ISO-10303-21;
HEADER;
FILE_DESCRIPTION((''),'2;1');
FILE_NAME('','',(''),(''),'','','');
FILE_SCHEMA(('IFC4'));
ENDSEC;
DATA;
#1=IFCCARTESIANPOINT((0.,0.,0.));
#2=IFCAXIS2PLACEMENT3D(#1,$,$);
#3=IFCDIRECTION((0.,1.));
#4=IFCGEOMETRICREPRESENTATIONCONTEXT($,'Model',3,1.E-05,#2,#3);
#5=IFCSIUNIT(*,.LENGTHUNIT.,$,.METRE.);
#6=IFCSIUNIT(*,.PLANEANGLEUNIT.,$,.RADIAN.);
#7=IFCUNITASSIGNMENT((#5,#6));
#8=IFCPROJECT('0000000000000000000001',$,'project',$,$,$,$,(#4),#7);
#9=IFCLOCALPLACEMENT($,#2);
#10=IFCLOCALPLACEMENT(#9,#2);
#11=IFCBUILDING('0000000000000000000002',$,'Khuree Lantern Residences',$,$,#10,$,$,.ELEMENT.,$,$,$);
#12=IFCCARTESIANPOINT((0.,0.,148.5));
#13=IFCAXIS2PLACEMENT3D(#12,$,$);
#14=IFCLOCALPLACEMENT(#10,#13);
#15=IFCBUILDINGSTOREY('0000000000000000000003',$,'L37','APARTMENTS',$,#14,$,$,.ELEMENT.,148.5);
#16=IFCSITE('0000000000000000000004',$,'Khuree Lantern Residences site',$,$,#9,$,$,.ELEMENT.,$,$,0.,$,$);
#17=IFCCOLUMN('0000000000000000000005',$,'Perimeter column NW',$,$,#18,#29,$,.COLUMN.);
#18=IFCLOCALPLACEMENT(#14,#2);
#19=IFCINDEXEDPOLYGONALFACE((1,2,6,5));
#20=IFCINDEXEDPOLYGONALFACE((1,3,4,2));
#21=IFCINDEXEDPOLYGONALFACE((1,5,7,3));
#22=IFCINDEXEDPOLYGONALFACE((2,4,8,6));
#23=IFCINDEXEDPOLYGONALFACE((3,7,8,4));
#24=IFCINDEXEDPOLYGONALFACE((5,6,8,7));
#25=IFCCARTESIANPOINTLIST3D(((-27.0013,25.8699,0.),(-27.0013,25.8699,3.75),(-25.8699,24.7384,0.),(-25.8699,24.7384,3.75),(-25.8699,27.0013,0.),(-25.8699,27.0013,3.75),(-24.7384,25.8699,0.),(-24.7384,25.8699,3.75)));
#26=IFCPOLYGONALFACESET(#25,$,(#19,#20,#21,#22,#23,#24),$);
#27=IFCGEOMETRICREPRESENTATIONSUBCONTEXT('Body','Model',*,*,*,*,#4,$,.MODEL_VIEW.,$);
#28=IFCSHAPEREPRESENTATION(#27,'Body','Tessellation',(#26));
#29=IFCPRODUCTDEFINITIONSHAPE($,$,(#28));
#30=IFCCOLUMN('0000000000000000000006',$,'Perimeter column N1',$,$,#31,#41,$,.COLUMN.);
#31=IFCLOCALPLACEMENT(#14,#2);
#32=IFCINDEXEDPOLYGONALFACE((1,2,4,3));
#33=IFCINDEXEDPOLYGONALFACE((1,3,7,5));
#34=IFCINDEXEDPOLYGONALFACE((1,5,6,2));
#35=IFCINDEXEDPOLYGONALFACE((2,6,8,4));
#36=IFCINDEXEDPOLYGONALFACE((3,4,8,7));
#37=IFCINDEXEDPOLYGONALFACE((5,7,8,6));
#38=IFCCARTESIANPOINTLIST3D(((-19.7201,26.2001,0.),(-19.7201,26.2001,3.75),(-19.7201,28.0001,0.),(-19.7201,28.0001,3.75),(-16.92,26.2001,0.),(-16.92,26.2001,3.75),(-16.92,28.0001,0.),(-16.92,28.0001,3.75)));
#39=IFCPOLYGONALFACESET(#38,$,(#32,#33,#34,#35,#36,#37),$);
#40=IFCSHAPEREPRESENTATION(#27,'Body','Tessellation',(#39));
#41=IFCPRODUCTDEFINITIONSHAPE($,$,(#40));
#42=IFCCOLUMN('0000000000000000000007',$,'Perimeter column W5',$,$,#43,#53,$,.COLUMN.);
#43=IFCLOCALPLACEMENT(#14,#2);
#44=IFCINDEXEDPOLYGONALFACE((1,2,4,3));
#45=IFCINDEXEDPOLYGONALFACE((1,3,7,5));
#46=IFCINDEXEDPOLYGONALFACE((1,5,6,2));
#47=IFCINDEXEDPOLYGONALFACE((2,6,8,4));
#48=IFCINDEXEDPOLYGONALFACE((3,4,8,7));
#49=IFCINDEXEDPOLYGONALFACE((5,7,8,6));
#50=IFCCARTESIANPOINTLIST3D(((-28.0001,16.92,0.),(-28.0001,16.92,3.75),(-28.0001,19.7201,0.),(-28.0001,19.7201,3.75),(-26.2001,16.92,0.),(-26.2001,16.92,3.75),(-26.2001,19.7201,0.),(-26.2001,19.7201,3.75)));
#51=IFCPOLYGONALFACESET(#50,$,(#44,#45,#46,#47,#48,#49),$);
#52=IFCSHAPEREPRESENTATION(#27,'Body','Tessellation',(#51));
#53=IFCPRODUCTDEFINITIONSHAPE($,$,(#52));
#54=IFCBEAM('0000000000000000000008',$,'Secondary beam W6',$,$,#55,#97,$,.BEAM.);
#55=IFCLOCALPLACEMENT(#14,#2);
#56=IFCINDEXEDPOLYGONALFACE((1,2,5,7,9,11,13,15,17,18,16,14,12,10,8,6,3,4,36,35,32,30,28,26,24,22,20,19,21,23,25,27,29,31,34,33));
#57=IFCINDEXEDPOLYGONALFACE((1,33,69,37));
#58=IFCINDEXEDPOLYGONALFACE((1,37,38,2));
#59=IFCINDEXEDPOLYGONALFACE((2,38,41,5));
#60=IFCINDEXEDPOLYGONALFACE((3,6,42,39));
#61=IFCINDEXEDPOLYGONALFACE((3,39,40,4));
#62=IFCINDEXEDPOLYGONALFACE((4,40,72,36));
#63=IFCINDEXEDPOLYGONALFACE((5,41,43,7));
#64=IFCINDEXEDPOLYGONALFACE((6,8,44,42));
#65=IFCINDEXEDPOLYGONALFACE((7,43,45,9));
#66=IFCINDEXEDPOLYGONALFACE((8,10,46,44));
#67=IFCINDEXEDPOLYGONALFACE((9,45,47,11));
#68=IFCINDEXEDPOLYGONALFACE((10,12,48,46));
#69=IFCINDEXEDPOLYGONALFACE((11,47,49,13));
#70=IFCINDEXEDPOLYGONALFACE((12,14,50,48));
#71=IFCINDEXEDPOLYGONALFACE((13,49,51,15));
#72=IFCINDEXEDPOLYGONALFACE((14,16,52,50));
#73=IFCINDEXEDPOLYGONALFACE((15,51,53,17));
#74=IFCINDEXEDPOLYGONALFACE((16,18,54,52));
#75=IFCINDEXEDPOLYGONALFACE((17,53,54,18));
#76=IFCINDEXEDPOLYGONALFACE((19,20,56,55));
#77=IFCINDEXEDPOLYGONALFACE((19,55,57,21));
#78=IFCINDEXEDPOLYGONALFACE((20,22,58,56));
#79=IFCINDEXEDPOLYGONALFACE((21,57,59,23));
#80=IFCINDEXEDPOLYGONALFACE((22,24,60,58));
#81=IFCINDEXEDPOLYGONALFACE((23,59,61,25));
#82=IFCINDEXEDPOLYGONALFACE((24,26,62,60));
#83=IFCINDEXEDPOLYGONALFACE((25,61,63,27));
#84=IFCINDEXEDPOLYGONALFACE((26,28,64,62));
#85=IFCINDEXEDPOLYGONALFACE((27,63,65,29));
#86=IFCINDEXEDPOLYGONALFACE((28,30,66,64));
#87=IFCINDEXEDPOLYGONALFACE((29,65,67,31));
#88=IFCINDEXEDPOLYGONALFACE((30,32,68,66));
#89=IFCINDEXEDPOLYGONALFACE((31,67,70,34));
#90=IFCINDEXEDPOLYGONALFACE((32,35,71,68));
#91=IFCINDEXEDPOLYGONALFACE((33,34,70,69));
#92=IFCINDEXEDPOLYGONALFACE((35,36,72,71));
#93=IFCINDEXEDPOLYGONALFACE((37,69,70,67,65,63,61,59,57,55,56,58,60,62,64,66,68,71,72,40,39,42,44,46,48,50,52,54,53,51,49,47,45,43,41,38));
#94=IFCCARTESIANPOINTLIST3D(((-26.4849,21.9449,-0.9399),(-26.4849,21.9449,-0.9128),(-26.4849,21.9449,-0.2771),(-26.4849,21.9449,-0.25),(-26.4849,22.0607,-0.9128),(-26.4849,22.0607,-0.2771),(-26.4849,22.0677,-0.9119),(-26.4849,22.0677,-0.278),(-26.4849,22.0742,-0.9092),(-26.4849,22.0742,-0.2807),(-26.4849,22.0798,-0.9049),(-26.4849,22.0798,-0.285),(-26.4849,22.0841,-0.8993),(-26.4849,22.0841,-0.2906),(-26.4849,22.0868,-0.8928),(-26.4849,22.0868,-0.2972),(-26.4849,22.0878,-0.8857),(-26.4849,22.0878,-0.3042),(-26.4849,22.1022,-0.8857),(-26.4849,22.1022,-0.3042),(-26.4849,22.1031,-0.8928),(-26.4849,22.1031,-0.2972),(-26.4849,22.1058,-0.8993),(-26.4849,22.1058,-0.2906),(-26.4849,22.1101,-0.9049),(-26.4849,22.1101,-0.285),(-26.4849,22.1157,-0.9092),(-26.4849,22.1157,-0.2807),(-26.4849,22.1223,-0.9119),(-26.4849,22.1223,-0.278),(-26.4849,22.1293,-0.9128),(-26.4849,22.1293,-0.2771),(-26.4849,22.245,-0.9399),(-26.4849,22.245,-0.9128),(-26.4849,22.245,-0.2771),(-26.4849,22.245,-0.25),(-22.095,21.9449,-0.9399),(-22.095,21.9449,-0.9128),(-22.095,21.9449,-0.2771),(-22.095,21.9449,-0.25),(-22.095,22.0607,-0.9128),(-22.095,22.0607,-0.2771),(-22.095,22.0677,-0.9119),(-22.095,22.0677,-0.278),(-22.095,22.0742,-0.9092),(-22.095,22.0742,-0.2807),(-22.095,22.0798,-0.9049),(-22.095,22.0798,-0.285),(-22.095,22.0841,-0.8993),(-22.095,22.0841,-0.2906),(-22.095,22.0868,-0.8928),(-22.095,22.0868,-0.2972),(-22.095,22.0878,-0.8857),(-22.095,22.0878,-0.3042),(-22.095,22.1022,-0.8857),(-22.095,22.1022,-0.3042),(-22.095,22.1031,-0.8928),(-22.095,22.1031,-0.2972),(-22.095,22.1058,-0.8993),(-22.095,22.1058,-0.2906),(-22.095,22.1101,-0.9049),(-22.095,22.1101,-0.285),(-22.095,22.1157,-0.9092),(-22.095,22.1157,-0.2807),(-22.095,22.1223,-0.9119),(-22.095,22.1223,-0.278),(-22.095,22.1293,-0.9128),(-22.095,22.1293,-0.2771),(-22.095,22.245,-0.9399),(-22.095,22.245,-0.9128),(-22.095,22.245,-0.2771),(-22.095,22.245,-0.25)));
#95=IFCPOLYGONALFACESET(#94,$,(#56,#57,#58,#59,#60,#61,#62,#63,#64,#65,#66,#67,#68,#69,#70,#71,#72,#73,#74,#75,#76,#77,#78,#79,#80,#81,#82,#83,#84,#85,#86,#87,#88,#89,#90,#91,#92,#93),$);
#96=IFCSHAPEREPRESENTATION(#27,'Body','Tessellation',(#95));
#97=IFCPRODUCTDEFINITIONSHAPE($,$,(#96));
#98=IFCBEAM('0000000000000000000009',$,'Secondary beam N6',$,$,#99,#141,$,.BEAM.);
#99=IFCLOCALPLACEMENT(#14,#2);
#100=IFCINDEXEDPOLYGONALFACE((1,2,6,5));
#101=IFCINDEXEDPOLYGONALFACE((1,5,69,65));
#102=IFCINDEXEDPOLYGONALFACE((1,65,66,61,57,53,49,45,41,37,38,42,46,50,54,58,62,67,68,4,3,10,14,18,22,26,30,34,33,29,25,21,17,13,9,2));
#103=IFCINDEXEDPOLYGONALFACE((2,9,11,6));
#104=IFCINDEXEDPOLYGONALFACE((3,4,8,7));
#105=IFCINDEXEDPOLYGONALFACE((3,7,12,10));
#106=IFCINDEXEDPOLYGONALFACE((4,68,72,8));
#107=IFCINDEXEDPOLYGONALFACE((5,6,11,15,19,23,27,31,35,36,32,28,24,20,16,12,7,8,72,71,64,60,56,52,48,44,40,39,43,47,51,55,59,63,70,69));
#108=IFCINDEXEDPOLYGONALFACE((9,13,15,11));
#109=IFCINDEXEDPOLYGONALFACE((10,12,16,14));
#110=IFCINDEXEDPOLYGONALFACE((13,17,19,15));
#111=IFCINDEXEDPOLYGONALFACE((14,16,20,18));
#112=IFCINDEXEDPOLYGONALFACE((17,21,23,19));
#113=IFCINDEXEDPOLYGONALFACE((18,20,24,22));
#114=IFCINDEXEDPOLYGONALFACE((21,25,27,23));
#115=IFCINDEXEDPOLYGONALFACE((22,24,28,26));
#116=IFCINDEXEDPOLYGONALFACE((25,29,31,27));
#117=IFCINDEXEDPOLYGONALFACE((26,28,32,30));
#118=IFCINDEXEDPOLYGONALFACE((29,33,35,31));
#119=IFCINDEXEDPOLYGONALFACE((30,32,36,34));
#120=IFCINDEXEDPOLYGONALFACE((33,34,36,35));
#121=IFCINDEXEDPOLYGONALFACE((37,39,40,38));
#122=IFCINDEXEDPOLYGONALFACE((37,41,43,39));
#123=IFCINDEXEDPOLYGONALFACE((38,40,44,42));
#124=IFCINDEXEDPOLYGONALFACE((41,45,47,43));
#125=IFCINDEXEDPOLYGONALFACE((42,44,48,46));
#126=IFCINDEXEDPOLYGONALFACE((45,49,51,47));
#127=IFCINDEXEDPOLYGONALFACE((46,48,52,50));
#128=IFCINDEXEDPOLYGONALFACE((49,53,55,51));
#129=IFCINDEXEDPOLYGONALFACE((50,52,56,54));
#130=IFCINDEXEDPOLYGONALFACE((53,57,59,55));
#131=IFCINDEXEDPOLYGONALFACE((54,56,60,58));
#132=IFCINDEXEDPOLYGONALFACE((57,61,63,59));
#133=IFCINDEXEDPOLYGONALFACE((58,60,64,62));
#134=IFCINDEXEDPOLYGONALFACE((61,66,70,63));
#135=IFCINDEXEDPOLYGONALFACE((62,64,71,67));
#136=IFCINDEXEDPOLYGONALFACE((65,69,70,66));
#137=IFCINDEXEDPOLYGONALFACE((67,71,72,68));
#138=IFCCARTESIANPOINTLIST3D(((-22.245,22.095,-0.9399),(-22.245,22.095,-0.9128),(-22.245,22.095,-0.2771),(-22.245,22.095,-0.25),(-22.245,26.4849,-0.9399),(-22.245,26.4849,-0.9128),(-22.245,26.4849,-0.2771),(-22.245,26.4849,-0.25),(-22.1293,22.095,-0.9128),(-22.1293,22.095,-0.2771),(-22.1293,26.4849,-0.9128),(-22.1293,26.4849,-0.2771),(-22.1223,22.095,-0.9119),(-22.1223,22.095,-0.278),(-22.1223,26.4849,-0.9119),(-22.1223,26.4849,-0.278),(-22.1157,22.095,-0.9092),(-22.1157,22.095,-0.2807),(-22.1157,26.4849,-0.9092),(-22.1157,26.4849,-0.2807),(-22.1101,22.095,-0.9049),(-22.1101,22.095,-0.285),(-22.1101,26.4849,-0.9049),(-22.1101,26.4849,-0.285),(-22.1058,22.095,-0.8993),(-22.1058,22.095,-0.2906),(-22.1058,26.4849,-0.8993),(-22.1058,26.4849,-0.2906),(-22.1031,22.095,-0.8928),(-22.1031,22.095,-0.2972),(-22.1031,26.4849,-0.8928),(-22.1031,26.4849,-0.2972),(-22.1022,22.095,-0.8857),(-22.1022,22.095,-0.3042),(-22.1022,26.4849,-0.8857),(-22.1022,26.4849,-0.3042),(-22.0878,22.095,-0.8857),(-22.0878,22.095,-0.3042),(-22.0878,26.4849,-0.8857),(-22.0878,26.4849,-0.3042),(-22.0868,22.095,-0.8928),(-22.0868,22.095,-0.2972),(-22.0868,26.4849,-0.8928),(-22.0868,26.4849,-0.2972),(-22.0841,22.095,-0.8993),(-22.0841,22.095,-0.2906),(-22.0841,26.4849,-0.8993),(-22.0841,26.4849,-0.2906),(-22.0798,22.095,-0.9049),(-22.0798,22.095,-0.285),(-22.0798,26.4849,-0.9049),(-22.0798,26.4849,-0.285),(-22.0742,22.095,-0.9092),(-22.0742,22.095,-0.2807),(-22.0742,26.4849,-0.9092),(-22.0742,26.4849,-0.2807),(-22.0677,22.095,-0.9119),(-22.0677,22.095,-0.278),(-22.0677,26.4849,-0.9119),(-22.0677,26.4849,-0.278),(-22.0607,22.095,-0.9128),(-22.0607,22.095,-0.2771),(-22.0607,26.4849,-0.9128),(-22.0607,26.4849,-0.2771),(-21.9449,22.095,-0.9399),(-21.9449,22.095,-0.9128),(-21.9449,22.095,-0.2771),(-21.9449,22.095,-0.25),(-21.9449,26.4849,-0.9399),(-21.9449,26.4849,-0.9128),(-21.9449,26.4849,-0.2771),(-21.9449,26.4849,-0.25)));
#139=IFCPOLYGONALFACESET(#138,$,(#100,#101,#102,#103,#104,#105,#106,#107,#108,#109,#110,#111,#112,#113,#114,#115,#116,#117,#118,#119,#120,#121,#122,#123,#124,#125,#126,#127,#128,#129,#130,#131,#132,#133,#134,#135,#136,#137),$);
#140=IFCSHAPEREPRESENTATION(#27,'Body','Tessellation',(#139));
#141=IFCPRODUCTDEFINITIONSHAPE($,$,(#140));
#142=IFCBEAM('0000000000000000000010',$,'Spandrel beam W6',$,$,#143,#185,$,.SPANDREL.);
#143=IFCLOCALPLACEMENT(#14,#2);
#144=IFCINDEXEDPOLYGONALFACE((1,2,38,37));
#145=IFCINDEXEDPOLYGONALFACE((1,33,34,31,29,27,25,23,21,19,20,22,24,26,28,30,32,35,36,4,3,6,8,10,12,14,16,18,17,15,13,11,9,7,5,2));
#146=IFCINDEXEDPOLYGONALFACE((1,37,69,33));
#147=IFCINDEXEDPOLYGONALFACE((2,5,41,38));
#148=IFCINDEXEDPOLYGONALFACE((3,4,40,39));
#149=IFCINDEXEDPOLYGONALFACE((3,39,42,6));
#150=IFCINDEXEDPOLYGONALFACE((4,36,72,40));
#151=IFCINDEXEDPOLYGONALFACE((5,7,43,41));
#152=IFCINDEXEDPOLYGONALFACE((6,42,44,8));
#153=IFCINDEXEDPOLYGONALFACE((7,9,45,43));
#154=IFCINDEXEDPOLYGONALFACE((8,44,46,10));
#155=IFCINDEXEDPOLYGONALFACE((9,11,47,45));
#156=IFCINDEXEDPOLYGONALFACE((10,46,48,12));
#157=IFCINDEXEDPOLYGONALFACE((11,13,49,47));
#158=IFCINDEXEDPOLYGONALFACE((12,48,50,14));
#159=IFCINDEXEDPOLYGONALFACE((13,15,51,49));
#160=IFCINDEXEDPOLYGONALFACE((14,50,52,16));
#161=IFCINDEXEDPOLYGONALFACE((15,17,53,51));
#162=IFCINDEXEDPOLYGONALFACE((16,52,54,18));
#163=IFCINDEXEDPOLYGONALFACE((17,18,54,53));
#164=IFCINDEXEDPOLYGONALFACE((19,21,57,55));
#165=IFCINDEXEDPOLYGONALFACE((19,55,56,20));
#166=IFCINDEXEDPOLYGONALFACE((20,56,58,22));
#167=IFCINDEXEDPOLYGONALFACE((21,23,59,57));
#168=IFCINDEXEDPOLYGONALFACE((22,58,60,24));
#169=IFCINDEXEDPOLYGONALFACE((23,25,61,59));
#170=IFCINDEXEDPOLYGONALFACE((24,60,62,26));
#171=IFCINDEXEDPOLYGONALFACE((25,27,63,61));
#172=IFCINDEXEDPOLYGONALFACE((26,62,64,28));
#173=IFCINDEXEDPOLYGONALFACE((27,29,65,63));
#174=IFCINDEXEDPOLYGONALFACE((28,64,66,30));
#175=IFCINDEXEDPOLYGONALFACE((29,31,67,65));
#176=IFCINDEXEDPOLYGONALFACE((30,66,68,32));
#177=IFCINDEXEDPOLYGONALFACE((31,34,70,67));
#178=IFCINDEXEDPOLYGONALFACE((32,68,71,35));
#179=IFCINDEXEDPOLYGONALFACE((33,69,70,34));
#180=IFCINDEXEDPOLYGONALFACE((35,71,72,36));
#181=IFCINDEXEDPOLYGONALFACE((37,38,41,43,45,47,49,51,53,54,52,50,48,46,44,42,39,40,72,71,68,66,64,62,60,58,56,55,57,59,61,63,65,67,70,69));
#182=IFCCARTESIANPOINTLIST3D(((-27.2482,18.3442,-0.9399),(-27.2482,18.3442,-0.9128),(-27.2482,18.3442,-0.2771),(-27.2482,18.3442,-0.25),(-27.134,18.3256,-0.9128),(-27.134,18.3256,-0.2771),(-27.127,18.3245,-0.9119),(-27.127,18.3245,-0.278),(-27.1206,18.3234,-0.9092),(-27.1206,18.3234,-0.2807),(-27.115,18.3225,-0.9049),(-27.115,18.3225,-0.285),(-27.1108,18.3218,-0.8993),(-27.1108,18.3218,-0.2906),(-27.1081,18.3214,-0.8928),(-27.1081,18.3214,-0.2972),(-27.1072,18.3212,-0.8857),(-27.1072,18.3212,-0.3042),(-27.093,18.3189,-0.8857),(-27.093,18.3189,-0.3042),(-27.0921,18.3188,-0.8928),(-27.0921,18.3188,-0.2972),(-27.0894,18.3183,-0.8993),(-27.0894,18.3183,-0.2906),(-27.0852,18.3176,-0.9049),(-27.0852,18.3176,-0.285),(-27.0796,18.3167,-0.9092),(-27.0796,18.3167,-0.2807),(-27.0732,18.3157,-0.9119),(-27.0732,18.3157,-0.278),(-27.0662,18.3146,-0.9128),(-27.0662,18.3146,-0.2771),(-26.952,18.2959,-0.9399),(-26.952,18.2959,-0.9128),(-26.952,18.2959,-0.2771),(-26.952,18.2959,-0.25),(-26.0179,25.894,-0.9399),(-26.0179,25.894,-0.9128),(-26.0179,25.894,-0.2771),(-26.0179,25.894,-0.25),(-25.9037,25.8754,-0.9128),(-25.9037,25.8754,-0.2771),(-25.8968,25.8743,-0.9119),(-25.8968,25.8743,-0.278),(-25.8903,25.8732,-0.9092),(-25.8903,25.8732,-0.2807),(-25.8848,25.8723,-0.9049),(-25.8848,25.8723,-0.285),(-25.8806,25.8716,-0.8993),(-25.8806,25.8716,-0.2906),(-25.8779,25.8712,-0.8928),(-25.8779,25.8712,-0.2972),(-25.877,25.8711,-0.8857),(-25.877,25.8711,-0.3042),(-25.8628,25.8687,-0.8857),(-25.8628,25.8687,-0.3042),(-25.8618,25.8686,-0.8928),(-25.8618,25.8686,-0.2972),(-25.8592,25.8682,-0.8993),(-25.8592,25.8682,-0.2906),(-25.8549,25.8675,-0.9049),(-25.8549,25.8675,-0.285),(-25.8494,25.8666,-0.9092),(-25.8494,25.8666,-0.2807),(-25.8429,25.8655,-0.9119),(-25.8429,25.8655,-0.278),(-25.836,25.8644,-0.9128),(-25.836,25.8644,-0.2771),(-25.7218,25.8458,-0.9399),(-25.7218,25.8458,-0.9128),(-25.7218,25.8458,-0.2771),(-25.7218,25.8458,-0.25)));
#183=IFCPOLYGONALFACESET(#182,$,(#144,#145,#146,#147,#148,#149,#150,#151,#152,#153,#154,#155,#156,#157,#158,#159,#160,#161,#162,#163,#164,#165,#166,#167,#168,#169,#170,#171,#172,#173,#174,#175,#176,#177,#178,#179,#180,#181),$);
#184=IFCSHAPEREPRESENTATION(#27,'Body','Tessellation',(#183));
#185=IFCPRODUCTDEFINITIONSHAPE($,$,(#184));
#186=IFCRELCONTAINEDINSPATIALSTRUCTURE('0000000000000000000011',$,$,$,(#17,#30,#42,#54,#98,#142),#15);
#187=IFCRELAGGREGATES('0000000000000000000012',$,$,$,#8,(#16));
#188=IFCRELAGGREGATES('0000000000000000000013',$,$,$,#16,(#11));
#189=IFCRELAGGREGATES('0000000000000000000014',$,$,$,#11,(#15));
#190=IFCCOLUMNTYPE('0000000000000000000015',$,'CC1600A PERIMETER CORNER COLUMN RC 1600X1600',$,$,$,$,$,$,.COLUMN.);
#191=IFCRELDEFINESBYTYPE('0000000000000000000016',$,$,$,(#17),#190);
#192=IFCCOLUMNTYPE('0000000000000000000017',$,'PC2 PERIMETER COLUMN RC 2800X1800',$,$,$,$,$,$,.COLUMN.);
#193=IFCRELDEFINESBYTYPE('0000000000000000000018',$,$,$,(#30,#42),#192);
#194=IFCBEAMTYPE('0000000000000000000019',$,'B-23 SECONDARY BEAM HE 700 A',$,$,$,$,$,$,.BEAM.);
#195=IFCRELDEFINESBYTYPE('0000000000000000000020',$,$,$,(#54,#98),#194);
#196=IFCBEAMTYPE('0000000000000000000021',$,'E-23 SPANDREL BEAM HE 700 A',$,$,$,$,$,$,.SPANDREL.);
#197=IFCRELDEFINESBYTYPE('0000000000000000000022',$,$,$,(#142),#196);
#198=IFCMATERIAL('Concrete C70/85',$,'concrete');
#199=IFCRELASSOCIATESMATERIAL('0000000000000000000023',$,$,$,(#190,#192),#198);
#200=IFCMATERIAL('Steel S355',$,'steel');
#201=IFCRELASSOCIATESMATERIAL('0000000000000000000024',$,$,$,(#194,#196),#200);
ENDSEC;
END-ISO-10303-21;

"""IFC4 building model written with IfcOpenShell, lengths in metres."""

from ifc_helpers import new_model, si_unit, direction, frame, origin, origin_2d, place, context, subcontext, project, spatial, rectangle, i_section, extrude, material, material_profile, profile_set, type_object, element, save


model = new_model("IFC4")

# Units and contexts
model_context = context("Model", 3, precision=1e-05, world=origin(), true_north=direction((0.0, 1.0)))
body_context = subcontext(model_context, "Body", "Model", "MODEL_VIEW")
ifc_project = project(units=[si_unit("LENGTHUNIT", "METRE"), si_unit("PLANEANGLEUNIT", "RADIAN")], contexts=[model_context])

# Site, building, storey
site_placement = place(None, origin())
site = spatial("IfcSite", under=ifc_project, at=site_placement, Name="Khuree Lantern Residences site", CompositionType="ELEMENT", RefElevation=0.0)
building_placement = place(site_placement, origin())
building = spatial("IfcBuilding", under=site, at=building_placement, Name="Khuree Lantern Residences", CompositionType="ELEMENT")
storey_placement = place(building_placement, frame((0.0, 0.0, 148.5)))
storey = spatial("IfcBuildingStorey", under=building, at=storey_placement, Name="L37", Description="APARTMENTS", CompositionType="ELEMENT", Elevation=148.5)

# Columns
ifc_material_1 = material(Name="Concrete C70/85", Category="concrete")
ifc_material_profile_1 = material_profile(ifc_material_1, rectangle(XDim=1.6001, YDim=1.6001, at=origin_2d()), Name="RC 1600X1600")
ifc_profile_set_1 = profile_set([ifc_material_profile_1], Name="Concrete C70/85")
column_type_1 = type_object("IfcColumnType", Name="CC1600A PERIMETER CORNER COLUMN RC 1600X1600", PredefinedType="COLUMN", material=ifc_profile_set_1)
column_placement = place(storey_placement, frame((-25.8699, 25.8699, 0.0), z_axis=(0.0, 0.0, 1.0), x_axis=(0.707107, 0.707107, 0.0)))
element("IfcColumn", 1, at=column_placement, inside=storey, type_object=column_type_1, Name="Perimeter column NW", PredefinedType="COLUMN", context=body_context, shape_type="SweptSolid", body=[
    extrude(rectangle(XDim=1.6001, YDim=1.6001, at=origin_2d()), origin(), (0.0, 0.0, 1.0), 3.75),
])
ifc_material_profile_2 = material_profile(ifc_material_1, rectangle(XDim=2.8, YDim=1.8, at=origin_2d()), Name="RC 2800X1800")
ifc_profile_set_2 = profile_set([ifc_material_profile_2], Name="Concrete C70/85")
column_type_2 = type_object("IfcColumnType", Name="PC2 PERIMETER COLUMN RC 2800X1800", PredefinedType="COLUMN", material=ifc_profile_set_2)
for number, where, z_axis, x_axis, name in (
    (2, (-18.3201, 27.1001, 0.0), (0.0, 0.0, 1.0), (1.0, 0.0, 0.0), "Perimeter column N1"),
    (3, (-27.1001, 18.3201, 0.0), (0.0, 0.0, 1.0), (0.0, 1.0, 0.0), "Perimeter column W5"),
):
    element("IfcColumn", number, at=place(storey_placement, frame(where, z_axis=z_axis, x_axis=x_axis)), inside=storey, type_object=column_type_2, Name=name, PredefinedType="COLUMN", context=body_context, shape_type="SweptSolid", body=[
        extrude(rectangle(XDim=2.8, YDim=1.8, at=origin_2d()), origin(), (0.0, 0.0, 1.0), 3.75),
    ])

# Beams
ifc_material_2 = material(Name="Steel S355", Category="steel")
ifc_material_profile_3 = material_profile(ifc_material_2, i_section(OverallWidth=0.3, OverallDepth=0.6899, WebThickness=0.0144, FlangeThickness=0.0271, FilletRadius=0.0271, at=origin_2d()), Name="HE 700 A")
ifc_profile_set_3 = profile_set([ifc_material_profile_3], Name="Steel S355")
beam_type_1 = type_object("IfcBeamType", Name="B-23 SECONDARY BEAM HE 700 A", PredefinedType="BEAM", material=ifc_profile_set_3)
for number, where, z_axis, x_axis, name in (
    (4, (-26.4849, 22.095, -0.595), (1.0, 0.0, 0.0), (0.0, 1.0, 0.0), "Secondary beam W6"),
    (5, (-22.095, 26.4849, -0.595), (0.0, -1.0, 0.0), (1.0, 0.0, 0.0), "Secondary beam N6"),
):
    element("IfcBeam", number, at=place(storey_placement, frame(where, z_axis=z_axis, x_axis=x_axis)), inside=storey, type_object=beam_type_1, Name=name, PredefinedType="BEAM", context=body_context, shape_type="SweptSolid", body=[
        extrude(i_section(OverallWidth=0.3, OverallDepth=0.6899, WebThickness=0.0144, FlangeThickness=0.0271, FilletRadius=0.0271, at=origin_2d()), origin(), (0.0, 0.0, 1.0), 4.3899),
    ])
ifc_material_profile_4 = material_profile(ifc_material_2, i_section(OverallWidth=0.3, OverallDepth=0.6899, WebThickness=0.0144, FlangeThickness=0.0271, FilletRadius=0.0271, at=origin_2d()), Name="HE 700 A")
ifc_profile_set_4 = profile_set([ifc_material_profile_4], Name="Steel S355")
beam_type_2 = type_object("IfcBeamType", Name="E-23 SPANDREL BEAM HE 700 A", PredefinedType="SPANDREL", material=ifc_profile_set_4)
for number, where, z_axis, x_axis, name in (
    (6, (-27.1001, 18.3201, -0.595), (0.160827, 0.986983, 0.0), (-0.986983, 0.160827, 0.0), "Spandrel beam W6"),
):
    element("IfcBeam", number, at=place(storey_placement, frame(where, z_axis=z_axis, x_axis=x_axis)), inside=storey, type_object=beam_type_2, Name=name, PredefinedType="SPANDREL", context=body_context, shape_type="SweptSolid", body=[
        extrude(i_section(OverallWidth=0.3, OverallDepth=0.6899, WebThickness=0.0144, FlangeThickness=0.0271, FilletRadius=0.0271, at=origin_2d()), origin(), (0.0, 0.0, 1.0), 7.6494),
    ])

save(model, "model.ifc")
